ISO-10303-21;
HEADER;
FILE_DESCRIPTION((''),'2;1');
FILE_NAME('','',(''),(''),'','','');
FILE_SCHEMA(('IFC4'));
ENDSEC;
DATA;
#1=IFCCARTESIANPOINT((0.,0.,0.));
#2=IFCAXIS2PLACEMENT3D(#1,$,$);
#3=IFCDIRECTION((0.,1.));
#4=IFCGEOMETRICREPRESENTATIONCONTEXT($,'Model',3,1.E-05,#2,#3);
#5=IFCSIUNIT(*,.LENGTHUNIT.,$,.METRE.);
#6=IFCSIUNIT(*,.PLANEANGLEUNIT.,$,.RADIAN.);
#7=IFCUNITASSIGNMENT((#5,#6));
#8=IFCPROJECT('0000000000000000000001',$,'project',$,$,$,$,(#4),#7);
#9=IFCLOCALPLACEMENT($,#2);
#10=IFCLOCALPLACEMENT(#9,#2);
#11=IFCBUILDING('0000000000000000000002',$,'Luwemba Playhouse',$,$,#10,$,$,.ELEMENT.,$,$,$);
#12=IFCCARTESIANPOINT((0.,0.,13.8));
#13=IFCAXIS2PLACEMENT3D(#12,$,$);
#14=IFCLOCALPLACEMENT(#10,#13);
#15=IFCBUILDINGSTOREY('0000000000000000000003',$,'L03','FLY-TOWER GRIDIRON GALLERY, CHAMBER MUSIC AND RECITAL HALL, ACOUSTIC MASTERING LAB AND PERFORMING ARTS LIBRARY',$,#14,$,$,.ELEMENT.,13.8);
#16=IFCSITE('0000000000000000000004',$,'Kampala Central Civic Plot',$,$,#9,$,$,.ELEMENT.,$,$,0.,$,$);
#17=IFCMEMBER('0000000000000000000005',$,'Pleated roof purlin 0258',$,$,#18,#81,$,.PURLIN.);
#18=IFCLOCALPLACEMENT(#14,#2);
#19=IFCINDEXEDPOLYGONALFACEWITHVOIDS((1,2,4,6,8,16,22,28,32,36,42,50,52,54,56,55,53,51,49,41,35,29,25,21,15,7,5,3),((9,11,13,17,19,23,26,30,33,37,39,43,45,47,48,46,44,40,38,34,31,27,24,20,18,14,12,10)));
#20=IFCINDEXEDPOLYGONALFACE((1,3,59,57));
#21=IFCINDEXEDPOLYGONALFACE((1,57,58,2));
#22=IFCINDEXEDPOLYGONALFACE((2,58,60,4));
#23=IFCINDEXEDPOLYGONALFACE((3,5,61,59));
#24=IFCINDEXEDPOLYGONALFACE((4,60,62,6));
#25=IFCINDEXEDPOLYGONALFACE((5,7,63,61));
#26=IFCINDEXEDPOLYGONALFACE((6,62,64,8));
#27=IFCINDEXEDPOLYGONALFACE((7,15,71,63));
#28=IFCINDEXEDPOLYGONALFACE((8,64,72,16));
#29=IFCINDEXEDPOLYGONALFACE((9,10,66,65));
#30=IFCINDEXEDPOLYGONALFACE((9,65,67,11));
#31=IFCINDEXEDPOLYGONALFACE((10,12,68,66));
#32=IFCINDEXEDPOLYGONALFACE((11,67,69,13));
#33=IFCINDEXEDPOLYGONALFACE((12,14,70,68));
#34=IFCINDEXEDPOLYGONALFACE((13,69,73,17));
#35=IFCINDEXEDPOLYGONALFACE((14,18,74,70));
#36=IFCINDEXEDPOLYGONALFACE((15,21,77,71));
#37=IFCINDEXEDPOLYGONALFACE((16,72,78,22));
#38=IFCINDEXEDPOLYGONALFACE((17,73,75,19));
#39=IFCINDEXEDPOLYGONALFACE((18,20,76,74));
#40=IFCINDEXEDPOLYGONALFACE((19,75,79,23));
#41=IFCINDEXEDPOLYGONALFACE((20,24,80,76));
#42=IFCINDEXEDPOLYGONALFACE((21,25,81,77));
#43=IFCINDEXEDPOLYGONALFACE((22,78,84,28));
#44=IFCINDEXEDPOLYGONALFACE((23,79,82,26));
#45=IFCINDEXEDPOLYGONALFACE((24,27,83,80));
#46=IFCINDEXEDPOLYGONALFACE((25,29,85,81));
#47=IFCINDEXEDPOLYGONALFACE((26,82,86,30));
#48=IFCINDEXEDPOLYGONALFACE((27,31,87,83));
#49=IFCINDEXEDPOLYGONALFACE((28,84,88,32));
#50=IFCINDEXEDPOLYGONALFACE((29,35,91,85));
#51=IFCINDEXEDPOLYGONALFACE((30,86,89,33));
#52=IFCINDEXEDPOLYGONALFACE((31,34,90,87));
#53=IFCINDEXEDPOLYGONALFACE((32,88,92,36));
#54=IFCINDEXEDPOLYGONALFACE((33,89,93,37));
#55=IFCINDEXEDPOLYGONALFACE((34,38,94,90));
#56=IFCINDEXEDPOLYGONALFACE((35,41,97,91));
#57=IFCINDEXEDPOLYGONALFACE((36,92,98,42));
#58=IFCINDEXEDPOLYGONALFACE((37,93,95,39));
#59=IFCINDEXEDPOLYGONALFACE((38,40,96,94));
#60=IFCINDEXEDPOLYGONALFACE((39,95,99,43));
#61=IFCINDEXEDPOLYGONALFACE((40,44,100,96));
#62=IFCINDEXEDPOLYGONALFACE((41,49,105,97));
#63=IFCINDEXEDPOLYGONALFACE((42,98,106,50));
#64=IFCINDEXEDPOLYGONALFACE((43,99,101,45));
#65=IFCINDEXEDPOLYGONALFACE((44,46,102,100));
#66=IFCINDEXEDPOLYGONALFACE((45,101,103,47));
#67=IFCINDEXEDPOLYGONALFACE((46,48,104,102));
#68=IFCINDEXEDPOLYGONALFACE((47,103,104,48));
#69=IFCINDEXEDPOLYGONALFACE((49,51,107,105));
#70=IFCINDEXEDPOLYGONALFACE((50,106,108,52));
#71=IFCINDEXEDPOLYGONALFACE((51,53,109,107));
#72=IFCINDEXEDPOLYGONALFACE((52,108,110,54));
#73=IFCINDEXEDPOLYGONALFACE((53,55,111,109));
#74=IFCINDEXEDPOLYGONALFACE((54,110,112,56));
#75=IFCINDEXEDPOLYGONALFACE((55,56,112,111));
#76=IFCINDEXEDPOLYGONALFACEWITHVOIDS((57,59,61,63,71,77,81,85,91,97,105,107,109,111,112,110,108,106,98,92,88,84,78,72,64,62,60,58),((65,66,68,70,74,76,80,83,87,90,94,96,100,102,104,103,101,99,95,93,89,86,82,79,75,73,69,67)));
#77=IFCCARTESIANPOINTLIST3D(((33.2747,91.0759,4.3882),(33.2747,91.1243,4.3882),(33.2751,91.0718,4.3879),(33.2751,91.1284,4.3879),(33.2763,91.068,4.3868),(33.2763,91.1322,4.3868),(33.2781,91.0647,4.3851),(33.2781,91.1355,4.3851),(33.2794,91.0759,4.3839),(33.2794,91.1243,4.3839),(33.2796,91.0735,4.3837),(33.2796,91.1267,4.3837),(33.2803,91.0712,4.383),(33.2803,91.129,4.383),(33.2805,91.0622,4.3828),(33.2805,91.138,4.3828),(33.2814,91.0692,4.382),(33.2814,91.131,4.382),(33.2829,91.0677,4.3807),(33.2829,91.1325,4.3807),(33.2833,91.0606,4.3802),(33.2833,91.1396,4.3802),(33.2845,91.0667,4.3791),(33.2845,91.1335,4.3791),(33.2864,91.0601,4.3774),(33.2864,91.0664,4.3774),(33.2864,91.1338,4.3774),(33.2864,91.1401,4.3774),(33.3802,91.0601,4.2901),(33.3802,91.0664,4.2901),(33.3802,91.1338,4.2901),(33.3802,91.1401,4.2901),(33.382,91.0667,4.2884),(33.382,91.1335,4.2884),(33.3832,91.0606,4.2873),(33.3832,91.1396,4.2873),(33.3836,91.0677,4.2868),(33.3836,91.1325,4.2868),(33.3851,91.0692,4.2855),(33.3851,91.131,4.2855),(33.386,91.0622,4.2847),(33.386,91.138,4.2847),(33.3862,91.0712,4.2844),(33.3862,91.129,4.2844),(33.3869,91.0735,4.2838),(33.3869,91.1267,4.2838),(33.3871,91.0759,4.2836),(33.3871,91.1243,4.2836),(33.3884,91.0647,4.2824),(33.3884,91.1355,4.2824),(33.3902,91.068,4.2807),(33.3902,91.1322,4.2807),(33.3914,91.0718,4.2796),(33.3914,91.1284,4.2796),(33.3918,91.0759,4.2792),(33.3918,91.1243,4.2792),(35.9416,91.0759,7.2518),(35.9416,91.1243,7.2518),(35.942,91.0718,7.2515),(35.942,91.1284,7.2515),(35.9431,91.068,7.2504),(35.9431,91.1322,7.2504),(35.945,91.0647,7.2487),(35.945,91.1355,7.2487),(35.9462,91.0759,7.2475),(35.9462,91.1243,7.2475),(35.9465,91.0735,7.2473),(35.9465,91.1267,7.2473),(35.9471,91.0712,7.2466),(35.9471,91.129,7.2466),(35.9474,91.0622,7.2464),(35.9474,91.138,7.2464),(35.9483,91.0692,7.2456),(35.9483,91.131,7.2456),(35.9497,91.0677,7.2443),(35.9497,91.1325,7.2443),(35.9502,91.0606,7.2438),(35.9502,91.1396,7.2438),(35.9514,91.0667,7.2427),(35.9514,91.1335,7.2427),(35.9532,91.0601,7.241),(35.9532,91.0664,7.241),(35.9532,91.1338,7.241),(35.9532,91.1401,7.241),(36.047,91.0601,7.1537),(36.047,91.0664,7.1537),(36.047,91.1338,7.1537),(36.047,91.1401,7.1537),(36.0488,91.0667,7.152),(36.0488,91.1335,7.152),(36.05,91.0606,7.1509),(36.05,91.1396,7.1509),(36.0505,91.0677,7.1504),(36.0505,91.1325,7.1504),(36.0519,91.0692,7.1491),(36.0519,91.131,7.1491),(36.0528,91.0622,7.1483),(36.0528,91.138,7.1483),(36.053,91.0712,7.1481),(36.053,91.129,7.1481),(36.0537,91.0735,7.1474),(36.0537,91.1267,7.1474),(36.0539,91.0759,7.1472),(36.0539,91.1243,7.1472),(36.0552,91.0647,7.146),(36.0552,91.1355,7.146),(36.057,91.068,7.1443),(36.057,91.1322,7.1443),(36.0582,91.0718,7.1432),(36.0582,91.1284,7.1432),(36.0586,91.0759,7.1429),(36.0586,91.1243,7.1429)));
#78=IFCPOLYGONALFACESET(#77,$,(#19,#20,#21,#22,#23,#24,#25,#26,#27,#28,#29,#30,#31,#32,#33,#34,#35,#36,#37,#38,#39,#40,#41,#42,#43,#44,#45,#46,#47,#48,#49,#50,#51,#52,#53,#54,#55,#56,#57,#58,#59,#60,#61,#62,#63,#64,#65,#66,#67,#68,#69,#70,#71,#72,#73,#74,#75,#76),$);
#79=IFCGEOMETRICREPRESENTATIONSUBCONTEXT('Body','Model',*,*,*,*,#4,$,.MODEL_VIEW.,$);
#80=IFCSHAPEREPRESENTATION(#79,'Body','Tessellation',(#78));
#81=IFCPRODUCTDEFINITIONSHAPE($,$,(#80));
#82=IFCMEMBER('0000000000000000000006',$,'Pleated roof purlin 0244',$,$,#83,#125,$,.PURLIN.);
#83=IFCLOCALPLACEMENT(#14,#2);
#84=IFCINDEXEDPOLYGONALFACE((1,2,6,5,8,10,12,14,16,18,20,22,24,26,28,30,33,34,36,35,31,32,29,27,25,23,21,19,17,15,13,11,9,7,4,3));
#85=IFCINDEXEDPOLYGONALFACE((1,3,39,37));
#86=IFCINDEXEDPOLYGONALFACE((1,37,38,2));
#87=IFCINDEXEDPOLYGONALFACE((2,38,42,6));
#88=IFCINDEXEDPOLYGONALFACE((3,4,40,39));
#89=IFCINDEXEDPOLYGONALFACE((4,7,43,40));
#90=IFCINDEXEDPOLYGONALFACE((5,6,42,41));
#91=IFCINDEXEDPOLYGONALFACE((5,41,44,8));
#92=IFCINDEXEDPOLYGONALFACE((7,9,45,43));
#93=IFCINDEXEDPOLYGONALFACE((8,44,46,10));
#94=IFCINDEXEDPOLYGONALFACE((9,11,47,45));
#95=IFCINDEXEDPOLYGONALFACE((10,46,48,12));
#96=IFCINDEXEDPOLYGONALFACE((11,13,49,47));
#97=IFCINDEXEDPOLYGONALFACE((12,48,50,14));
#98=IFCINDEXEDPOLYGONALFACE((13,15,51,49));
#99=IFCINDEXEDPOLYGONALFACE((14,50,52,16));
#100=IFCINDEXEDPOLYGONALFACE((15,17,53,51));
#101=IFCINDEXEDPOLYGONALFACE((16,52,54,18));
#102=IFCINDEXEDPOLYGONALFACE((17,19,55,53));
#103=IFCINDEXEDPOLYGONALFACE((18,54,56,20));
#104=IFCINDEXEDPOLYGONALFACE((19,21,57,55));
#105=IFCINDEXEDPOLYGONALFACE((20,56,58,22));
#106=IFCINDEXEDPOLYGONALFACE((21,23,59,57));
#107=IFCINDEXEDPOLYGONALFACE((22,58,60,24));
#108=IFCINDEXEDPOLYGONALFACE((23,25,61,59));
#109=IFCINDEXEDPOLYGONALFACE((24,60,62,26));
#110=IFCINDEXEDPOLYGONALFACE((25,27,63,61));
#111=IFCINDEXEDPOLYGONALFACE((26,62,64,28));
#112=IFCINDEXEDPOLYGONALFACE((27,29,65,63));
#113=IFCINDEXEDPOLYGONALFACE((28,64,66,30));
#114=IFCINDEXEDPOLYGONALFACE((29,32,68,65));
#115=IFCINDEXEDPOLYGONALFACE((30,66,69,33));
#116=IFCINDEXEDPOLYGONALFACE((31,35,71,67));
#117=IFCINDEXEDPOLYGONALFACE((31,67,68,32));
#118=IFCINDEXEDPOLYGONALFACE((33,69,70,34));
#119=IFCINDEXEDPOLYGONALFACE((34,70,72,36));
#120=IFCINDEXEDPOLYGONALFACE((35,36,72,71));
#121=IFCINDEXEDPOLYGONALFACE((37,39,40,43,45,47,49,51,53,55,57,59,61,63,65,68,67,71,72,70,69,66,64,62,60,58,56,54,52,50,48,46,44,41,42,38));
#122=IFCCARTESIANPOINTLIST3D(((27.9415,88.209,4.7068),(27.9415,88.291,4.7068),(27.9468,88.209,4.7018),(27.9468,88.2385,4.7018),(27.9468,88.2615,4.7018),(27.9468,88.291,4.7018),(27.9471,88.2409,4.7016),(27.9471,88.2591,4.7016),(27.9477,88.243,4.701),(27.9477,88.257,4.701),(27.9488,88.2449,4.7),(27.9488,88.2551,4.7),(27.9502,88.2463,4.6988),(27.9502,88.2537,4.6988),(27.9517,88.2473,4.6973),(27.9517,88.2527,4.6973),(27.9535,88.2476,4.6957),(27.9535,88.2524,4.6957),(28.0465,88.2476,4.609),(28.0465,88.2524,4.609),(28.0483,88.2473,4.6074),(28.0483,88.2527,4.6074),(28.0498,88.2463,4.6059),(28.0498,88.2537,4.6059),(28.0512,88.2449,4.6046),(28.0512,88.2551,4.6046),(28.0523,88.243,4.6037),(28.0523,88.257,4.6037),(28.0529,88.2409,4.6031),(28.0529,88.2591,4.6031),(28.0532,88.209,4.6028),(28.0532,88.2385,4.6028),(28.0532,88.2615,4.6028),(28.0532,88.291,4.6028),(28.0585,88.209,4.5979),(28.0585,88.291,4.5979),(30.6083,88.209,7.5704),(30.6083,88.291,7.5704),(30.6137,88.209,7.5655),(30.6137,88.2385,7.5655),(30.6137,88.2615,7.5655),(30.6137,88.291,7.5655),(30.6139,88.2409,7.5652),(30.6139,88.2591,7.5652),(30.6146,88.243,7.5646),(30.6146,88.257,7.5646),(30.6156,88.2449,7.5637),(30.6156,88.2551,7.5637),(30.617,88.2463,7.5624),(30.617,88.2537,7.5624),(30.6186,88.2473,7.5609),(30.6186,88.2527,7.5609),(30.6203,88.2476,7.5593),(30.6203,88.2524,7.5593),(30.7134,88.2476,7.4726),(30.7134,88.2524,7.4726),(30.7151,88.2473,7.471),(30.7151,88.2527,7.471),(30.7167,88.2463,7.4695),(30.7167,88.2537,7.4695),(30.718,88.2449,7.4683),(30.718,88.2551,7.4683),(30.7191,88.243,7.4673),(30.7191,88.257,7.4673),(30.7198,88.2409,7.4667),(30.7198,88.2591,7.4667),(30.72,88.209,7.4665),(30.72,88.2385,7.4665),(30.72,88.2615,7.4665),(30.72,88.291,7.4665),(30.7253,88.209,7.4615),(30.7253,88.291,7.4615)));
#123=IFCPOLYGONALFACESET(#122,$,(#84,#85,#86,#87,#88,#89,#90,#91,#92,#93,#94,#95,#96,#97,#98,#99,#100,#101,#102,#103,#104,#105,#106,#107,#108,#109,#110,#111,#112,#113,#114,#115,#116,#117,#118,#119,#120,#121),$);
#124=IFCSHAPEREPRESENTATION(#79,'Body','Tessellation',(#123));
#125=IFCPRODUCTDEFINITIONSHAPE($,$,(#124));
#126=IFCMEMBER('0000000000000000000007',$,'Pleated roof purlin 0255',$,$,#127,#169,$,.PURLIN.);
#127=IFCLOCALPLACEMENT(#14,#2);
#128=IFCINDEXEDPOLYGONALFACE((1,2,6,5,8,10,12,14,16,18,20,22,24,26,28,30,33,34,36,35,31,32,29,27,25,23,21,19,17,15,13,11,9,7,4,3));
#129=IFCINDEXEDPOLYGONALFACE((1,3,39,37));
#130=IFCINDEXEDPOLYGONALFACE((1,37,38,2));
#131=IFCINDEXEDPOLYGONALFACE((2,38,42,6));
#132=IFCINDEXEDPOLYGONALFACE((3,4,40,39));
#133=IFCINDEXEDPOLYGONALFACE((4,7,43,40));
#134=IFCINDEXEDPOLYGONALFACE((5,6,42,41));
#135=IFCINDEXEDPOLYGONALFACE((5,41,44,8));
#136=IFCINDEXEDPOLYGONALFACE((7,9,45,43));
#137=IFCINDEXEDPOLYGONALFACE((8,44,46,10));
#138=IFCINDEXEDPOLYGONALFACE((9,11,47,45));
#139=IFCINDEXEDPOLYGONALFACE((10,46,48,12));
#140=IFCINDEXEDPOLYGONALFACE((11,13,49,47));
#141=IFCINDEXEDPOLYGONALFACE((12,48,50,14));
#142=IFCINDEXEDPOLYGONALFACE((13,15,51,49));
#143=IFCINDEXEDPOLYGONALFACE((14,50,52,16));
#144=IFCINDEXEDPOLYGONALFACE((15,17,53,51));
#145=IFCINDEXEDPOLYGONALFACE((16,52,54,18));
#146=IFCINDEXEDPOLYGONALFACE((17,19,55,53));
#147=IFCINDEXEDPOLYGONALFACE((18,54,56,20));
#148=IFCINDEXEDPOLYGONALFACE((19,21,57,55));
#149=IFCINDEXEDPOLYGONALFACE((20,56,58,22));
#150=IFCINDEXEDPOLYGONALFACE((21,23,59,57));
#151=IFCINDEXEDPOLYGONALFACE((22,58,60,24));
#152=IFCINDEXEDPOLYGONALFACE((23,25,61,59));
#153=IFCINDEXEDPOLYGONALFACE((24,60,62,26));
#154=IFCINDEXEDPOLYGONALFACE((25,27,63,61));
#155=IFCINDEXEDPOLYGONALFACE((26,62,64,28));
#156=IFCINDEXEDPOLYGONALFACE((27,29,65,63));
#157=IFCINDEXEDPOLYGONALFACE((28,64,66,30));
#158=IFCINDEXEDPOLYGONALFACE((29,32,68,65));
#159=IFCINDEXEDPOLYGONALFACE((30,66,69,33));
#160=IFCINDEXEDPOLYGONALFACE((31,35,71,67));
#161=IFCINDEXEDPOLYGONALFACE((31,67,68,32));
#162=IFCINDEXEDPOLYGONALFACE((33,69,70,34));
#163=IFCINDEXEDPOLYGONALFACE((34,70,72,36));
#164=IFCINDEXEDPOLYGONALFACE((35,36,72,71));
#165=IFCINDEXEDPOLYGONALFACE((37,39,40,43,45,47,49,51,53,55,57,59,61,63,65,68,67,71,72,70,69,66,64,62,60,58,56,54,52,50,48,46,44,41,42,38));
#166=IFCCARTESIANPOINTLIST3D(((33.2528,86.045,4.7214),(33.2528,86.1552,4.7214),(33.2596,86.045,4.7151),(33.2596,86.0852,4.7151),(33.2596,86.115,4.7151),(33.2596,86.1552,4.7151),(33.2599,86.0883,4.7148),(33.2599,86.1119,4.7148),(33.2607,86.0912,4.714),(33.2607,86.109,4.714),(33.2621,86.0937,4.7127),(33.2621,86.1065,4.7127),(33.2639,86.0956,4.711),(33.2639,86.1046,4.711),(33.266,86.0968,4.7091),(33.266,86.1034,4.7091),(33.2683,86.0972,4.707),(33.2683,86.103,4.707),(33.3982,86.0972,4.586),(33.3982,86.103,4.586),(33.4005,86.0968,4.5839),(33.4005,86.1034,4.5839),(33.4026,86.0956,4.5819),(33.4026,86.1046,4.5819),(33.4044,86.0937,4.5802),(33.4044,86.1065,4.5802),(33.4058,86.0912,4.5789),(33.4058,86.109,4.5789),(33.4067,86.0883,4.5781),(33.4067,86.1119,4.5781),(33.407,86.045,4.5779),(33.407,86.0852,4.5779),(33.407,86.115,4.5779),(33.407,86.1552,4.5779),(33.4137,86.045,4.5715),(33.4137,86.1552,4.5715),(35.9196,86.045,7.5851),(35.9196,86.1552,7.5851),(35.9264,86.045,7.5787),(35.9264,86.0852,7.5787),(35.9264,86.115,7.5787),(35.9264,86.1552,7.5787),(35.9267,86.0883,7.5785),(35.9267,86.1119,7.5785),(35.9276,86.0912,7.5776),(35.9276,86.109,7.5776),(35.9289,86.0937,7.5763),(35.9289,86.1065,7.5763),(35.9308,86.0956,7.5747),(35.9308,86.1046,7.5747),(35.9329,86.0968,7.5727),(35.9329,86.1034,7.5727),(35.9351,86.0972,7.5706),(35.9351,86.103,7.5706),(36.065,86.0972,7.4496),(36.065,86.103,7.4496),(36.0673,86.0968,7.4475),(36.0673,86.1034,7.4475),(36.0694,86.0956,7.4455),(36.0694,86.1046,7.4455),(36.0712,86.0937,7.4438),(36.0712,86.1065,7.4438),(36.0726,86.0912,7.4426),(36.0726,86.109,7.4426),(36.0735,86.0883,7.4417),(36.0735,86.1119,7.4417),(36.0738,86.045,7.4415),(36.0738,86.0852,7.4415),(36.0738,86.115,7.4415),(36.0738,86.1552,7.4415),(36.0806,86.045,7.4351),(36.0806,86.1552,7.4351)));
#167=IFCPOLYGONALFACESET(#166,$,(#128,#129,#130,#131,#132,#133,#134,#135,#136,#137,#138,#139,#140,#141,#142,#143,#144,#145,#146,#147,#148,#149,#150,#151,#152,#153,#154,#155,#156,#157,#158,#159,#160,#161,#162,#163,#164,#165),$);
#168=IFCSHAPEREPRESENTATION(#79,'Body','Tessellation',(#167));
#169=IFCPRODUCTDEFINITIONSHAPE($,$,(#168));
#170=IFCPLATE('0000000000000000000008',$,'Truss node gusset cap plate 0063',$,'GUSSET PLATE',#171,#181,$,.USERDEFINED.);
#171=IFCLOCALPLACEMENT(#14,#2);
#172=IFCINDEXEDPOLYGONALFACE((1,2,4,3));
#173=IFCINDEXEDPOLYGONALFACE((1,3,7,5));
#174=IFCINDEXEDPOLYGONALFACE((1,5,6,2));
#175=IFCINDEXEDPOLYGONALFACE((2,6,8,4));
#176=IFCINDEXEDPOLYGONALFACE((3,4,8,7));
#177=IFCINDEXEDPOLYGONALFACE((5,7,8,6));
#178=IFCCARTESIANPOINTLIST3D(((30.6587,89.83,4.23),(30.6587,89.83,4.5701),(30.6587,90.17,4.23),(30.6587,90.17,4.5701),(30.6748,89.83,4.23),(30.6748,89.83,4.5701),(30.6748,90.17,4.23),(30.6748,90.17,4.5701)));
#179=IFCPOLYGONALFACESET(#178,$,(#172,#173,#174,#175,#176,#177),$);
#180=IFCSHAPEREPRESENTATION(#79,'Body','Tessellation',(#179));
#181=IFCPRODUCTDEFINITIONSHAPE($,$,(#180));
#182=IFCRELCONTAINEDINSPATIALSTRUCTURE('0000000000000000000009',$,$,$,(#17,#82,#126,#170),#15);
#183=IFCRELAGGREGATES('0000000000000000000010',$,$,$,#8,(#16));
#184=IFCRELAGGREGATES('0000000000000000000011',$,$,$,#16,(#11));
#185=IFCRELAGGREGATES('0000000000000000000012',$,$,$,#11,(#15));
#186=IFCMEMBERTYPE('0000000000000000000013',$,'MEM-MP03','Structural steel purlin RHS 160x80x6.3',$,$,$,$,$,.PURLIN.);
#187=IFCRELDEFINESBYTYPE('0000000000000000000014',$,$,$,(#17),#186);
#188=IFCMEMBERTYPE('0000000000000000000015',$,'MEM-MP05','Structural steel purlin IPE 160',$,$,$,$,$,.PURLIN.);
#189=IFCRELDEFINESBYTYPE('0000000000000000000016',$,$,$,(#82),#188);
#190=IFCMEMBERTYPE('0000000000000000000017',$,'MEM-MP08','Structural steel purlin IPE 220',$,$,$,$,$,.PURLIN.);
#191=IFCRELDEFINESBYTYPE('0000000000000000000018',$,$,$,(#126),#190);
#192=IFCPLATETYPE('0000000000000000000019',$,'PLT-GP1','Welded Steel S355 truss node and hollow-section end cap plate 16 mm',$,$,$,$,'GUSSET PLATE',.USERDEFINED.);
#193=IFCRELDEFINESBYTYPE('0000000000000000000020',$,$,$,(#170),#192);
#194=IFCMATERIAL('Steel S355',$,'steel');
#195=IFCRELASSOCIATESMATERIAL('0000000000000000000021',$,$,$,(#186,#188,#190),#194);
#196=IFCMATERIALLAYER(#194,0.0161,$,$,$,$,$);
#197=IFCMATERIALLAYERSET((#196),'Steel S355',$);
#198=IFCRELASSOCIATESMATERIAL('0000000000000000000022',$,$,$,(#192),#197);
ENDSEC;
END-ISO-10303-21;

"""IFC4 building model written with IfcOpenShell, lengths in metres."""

from ifc_helpers import new_model, si_unit, direction, frame, origin, origin_2d, place, context, subcontext, project, spatial, rectangle, hollow_rectangle, i_section, extrude, material, layer, layer_set, material_profile, profile_set, type_object, element, save


model = new_model("IFC4")

# Units and contexts
model_context = context("Model", 3, precision=1e-05, world=origin(), true_north=direction((0.0, 1.0)))
body_context = subcontext(model_context, "Body", "Model", "MODEL_VIEW")
ifc_project = project(units=[si_unit("LENGTHUNIT", "METRE"), si_unit("PLANEANGLEUNIT", "RADIAN")], contexts=[model_context])

# Site, building, storey
site_placement = place(None, origin())
site = spatial("IfcSite", under=ifc_project, at=site_placement, Name="Kampala Central Civic Plot", CompositionType="ELEMENT", RefElevation=0.0)
building_placement = place(site_placement, origin())
building = spatial("IfcBuilding", under=site, at=building_placement, Name="Luwemba Playhouse", CompositionType="ELEMENT")
storey_placement = place(building_placement, frame((0.0, 0.0, 13.8)))
storey = spatial("IfcBuildingStorey", under=building, at=storey_placement, Name="L03", Description="FLY-TOWER GRIDIRON GALLERY, CHAMBER MUSIC AND RECITAL HALL, ACOUSTIC MASTERING LAB AND PERFORMING ARTS LIBRARY", CompositionType="ELEMENT", Elevation=13.8)

# Shared definitions
ifc_material_1 = material(Name="Steel S355", Category="steel")

# Members
ifc_material_profile_1 = material_profile(ifc_material_1, hollow_rectangle(XDim=0.0801, YDim=0.1599, WallThickness=0.0063, InnerFilletRadius=0.0095, OuterFilletRadius=0.0159, at=origin_2d()))
ifc_profile_set_1 = profile_set([ifc_material_profile_1], Name="Steel S355")
member_type_1 = type_object("IfcMemberType", Name="MEM-MP03", Description="Structural steel purlin RHS 160x80x6.3", PredefinedType="PURLIN", material=ifc_profile_set_1)
member_1_placement = place(storey_placement, frame((33.3333, 91.1001, 4.3337), z_axis=(0.681515, 0.0, 0.731804), x_axis=(0.0, 1.0, 0.0)))
element("IfcMember", 1, at=member_1_placement, inside=storey, type_object=member_type_1, Name="Pleated roof purlin 0258", PredefinedType="PURLIN", context=body_context, shape_type="SweptSolid", body=[
    extrude(hollow_rectangle(XDim=0.0801, YDim=0.1599, WallThickness=0.0063, InnerFilletRadius=0.0095, OuterFilletRadius=0.0159, at=origin_2d()), origin(), (0.0, 0.0, 1.0), 3.9131),
])
ifc_material_profile_2 = material_profile(ifc_material_1, i_section(OverallWidth=0.082, OverallDepth=0.1599, WebThickness=0.0049, FlangeThickness=0.0073, FilletRadius=0.009, at=origin_2d()))
ifc_profile_set_2 = profile_set([ifc_material_profile_2], Name="Steel S355")
member_type_2 = type_object("IfcMemberType", Name="MEM-MP05", Description="Structural steel purlin IPE 160", PredefinedType="PURLIN", material=ifc_profile_set_2)
member_2_placement = place(storey_placement, frame((28.0, 88.25, 4.6523), z_axis=(0.681515, 0.0, 0.731804), x_axis=(0.0, 1.0, 0.0)))
element("IfcMember", 2, at=member_2_placement, inside=storey, type_object=member_type_2, Name="Pleated roof purlin 0244", PredefinedType="PURLIN", context=body_context, shape_type="SweptSolid", body=[
    extrude(i_section(OverallWidth=0.082, OverallDepth=0.1599, WebThickness=0.0049, FlangeThickness=0.0073, FilletRadius=0.009, at=origin_2d()), origin(), (0.0, 0.0, 1.0), 3.9131),
])
ifc_material_profile_3 = material_profile(ifc_material_1, i_section(OverallWidth=0.1101, OverallDepth=0.22, WebThickness=0.0059, FlangeThickness=0.0093, FilletRadius=0.012, at=origin_2d()))
ifc_profile_set_3 = profile_set([ifc_material_profile_3], Name="Steel S355")
member_type_3 = type_object("IfcMemberType", Name="MEM-MP08", Description="Structural steel purlin IPE 220", PredefinedType="PURLIN", material=ifc_profile_set_3)
member_3_placement = place(storey_placement, frame((33.3333, 86.1001, 4.6465), z_axis=(0.681515, 0.0, 0.731804), x_axis=(0.0, 1.0, 0.0)))
element("IfcMember", 3, at=member_3_placement, inside=storey, type_object=member_type_3, Name="Pleated roof purlin 0255", PredefinedType="PURLIN", context=body_context, shape_type="SweptSolid", body=[
    extrude(i_section(OverallWidth=0.1101, OverallDepth=0.22, WebThickness=0.0059, FlangeThickness=0.0093, FilletRadius=0.012, at=origin_2d()), origin(), (0.0, 0.0, 1.0), 3.9131),
])

# Plate
ifc_layer_1 = layer(ifc_material_1, 0.0161)
ifc_layer_set_1 = layer_set([ifc_layer_1], Name="Steel S355")
plate_type_1 = type_object("IfcPlateType", Name="PLT-GP1", Description="Welded Steel S355 truss node and hollow-section end cap plate 16 mm", ElementType="GUSSET PLATE", PredefinedType="USERDEFINED", material=ifc_layer_set_1)
plate_1_placement = place(storey_placement, frame((30.6667, 90.0, 4.23), z_axis=(0.0, 0.0, 1.0), x_axis=(1.0, 0.0, 0.0)))
element("IfcPlate", 4, at=plate_1_placement, inside=storey, type_object=plate_type_1, Name="Truss node gusset cap plate 0063", ObjectType="GUSSET PLATE", PredefinedType="USERDEFINED", context=body_context, shape_type="SweptSolid", body=[
    extrude(rectangle(XDim=0.0161, YDim=0.3401, at=origin_2d()), origin(), (0.0, 0.0, 1.0), 0.3401),
])

save(model, "model.ifc")
